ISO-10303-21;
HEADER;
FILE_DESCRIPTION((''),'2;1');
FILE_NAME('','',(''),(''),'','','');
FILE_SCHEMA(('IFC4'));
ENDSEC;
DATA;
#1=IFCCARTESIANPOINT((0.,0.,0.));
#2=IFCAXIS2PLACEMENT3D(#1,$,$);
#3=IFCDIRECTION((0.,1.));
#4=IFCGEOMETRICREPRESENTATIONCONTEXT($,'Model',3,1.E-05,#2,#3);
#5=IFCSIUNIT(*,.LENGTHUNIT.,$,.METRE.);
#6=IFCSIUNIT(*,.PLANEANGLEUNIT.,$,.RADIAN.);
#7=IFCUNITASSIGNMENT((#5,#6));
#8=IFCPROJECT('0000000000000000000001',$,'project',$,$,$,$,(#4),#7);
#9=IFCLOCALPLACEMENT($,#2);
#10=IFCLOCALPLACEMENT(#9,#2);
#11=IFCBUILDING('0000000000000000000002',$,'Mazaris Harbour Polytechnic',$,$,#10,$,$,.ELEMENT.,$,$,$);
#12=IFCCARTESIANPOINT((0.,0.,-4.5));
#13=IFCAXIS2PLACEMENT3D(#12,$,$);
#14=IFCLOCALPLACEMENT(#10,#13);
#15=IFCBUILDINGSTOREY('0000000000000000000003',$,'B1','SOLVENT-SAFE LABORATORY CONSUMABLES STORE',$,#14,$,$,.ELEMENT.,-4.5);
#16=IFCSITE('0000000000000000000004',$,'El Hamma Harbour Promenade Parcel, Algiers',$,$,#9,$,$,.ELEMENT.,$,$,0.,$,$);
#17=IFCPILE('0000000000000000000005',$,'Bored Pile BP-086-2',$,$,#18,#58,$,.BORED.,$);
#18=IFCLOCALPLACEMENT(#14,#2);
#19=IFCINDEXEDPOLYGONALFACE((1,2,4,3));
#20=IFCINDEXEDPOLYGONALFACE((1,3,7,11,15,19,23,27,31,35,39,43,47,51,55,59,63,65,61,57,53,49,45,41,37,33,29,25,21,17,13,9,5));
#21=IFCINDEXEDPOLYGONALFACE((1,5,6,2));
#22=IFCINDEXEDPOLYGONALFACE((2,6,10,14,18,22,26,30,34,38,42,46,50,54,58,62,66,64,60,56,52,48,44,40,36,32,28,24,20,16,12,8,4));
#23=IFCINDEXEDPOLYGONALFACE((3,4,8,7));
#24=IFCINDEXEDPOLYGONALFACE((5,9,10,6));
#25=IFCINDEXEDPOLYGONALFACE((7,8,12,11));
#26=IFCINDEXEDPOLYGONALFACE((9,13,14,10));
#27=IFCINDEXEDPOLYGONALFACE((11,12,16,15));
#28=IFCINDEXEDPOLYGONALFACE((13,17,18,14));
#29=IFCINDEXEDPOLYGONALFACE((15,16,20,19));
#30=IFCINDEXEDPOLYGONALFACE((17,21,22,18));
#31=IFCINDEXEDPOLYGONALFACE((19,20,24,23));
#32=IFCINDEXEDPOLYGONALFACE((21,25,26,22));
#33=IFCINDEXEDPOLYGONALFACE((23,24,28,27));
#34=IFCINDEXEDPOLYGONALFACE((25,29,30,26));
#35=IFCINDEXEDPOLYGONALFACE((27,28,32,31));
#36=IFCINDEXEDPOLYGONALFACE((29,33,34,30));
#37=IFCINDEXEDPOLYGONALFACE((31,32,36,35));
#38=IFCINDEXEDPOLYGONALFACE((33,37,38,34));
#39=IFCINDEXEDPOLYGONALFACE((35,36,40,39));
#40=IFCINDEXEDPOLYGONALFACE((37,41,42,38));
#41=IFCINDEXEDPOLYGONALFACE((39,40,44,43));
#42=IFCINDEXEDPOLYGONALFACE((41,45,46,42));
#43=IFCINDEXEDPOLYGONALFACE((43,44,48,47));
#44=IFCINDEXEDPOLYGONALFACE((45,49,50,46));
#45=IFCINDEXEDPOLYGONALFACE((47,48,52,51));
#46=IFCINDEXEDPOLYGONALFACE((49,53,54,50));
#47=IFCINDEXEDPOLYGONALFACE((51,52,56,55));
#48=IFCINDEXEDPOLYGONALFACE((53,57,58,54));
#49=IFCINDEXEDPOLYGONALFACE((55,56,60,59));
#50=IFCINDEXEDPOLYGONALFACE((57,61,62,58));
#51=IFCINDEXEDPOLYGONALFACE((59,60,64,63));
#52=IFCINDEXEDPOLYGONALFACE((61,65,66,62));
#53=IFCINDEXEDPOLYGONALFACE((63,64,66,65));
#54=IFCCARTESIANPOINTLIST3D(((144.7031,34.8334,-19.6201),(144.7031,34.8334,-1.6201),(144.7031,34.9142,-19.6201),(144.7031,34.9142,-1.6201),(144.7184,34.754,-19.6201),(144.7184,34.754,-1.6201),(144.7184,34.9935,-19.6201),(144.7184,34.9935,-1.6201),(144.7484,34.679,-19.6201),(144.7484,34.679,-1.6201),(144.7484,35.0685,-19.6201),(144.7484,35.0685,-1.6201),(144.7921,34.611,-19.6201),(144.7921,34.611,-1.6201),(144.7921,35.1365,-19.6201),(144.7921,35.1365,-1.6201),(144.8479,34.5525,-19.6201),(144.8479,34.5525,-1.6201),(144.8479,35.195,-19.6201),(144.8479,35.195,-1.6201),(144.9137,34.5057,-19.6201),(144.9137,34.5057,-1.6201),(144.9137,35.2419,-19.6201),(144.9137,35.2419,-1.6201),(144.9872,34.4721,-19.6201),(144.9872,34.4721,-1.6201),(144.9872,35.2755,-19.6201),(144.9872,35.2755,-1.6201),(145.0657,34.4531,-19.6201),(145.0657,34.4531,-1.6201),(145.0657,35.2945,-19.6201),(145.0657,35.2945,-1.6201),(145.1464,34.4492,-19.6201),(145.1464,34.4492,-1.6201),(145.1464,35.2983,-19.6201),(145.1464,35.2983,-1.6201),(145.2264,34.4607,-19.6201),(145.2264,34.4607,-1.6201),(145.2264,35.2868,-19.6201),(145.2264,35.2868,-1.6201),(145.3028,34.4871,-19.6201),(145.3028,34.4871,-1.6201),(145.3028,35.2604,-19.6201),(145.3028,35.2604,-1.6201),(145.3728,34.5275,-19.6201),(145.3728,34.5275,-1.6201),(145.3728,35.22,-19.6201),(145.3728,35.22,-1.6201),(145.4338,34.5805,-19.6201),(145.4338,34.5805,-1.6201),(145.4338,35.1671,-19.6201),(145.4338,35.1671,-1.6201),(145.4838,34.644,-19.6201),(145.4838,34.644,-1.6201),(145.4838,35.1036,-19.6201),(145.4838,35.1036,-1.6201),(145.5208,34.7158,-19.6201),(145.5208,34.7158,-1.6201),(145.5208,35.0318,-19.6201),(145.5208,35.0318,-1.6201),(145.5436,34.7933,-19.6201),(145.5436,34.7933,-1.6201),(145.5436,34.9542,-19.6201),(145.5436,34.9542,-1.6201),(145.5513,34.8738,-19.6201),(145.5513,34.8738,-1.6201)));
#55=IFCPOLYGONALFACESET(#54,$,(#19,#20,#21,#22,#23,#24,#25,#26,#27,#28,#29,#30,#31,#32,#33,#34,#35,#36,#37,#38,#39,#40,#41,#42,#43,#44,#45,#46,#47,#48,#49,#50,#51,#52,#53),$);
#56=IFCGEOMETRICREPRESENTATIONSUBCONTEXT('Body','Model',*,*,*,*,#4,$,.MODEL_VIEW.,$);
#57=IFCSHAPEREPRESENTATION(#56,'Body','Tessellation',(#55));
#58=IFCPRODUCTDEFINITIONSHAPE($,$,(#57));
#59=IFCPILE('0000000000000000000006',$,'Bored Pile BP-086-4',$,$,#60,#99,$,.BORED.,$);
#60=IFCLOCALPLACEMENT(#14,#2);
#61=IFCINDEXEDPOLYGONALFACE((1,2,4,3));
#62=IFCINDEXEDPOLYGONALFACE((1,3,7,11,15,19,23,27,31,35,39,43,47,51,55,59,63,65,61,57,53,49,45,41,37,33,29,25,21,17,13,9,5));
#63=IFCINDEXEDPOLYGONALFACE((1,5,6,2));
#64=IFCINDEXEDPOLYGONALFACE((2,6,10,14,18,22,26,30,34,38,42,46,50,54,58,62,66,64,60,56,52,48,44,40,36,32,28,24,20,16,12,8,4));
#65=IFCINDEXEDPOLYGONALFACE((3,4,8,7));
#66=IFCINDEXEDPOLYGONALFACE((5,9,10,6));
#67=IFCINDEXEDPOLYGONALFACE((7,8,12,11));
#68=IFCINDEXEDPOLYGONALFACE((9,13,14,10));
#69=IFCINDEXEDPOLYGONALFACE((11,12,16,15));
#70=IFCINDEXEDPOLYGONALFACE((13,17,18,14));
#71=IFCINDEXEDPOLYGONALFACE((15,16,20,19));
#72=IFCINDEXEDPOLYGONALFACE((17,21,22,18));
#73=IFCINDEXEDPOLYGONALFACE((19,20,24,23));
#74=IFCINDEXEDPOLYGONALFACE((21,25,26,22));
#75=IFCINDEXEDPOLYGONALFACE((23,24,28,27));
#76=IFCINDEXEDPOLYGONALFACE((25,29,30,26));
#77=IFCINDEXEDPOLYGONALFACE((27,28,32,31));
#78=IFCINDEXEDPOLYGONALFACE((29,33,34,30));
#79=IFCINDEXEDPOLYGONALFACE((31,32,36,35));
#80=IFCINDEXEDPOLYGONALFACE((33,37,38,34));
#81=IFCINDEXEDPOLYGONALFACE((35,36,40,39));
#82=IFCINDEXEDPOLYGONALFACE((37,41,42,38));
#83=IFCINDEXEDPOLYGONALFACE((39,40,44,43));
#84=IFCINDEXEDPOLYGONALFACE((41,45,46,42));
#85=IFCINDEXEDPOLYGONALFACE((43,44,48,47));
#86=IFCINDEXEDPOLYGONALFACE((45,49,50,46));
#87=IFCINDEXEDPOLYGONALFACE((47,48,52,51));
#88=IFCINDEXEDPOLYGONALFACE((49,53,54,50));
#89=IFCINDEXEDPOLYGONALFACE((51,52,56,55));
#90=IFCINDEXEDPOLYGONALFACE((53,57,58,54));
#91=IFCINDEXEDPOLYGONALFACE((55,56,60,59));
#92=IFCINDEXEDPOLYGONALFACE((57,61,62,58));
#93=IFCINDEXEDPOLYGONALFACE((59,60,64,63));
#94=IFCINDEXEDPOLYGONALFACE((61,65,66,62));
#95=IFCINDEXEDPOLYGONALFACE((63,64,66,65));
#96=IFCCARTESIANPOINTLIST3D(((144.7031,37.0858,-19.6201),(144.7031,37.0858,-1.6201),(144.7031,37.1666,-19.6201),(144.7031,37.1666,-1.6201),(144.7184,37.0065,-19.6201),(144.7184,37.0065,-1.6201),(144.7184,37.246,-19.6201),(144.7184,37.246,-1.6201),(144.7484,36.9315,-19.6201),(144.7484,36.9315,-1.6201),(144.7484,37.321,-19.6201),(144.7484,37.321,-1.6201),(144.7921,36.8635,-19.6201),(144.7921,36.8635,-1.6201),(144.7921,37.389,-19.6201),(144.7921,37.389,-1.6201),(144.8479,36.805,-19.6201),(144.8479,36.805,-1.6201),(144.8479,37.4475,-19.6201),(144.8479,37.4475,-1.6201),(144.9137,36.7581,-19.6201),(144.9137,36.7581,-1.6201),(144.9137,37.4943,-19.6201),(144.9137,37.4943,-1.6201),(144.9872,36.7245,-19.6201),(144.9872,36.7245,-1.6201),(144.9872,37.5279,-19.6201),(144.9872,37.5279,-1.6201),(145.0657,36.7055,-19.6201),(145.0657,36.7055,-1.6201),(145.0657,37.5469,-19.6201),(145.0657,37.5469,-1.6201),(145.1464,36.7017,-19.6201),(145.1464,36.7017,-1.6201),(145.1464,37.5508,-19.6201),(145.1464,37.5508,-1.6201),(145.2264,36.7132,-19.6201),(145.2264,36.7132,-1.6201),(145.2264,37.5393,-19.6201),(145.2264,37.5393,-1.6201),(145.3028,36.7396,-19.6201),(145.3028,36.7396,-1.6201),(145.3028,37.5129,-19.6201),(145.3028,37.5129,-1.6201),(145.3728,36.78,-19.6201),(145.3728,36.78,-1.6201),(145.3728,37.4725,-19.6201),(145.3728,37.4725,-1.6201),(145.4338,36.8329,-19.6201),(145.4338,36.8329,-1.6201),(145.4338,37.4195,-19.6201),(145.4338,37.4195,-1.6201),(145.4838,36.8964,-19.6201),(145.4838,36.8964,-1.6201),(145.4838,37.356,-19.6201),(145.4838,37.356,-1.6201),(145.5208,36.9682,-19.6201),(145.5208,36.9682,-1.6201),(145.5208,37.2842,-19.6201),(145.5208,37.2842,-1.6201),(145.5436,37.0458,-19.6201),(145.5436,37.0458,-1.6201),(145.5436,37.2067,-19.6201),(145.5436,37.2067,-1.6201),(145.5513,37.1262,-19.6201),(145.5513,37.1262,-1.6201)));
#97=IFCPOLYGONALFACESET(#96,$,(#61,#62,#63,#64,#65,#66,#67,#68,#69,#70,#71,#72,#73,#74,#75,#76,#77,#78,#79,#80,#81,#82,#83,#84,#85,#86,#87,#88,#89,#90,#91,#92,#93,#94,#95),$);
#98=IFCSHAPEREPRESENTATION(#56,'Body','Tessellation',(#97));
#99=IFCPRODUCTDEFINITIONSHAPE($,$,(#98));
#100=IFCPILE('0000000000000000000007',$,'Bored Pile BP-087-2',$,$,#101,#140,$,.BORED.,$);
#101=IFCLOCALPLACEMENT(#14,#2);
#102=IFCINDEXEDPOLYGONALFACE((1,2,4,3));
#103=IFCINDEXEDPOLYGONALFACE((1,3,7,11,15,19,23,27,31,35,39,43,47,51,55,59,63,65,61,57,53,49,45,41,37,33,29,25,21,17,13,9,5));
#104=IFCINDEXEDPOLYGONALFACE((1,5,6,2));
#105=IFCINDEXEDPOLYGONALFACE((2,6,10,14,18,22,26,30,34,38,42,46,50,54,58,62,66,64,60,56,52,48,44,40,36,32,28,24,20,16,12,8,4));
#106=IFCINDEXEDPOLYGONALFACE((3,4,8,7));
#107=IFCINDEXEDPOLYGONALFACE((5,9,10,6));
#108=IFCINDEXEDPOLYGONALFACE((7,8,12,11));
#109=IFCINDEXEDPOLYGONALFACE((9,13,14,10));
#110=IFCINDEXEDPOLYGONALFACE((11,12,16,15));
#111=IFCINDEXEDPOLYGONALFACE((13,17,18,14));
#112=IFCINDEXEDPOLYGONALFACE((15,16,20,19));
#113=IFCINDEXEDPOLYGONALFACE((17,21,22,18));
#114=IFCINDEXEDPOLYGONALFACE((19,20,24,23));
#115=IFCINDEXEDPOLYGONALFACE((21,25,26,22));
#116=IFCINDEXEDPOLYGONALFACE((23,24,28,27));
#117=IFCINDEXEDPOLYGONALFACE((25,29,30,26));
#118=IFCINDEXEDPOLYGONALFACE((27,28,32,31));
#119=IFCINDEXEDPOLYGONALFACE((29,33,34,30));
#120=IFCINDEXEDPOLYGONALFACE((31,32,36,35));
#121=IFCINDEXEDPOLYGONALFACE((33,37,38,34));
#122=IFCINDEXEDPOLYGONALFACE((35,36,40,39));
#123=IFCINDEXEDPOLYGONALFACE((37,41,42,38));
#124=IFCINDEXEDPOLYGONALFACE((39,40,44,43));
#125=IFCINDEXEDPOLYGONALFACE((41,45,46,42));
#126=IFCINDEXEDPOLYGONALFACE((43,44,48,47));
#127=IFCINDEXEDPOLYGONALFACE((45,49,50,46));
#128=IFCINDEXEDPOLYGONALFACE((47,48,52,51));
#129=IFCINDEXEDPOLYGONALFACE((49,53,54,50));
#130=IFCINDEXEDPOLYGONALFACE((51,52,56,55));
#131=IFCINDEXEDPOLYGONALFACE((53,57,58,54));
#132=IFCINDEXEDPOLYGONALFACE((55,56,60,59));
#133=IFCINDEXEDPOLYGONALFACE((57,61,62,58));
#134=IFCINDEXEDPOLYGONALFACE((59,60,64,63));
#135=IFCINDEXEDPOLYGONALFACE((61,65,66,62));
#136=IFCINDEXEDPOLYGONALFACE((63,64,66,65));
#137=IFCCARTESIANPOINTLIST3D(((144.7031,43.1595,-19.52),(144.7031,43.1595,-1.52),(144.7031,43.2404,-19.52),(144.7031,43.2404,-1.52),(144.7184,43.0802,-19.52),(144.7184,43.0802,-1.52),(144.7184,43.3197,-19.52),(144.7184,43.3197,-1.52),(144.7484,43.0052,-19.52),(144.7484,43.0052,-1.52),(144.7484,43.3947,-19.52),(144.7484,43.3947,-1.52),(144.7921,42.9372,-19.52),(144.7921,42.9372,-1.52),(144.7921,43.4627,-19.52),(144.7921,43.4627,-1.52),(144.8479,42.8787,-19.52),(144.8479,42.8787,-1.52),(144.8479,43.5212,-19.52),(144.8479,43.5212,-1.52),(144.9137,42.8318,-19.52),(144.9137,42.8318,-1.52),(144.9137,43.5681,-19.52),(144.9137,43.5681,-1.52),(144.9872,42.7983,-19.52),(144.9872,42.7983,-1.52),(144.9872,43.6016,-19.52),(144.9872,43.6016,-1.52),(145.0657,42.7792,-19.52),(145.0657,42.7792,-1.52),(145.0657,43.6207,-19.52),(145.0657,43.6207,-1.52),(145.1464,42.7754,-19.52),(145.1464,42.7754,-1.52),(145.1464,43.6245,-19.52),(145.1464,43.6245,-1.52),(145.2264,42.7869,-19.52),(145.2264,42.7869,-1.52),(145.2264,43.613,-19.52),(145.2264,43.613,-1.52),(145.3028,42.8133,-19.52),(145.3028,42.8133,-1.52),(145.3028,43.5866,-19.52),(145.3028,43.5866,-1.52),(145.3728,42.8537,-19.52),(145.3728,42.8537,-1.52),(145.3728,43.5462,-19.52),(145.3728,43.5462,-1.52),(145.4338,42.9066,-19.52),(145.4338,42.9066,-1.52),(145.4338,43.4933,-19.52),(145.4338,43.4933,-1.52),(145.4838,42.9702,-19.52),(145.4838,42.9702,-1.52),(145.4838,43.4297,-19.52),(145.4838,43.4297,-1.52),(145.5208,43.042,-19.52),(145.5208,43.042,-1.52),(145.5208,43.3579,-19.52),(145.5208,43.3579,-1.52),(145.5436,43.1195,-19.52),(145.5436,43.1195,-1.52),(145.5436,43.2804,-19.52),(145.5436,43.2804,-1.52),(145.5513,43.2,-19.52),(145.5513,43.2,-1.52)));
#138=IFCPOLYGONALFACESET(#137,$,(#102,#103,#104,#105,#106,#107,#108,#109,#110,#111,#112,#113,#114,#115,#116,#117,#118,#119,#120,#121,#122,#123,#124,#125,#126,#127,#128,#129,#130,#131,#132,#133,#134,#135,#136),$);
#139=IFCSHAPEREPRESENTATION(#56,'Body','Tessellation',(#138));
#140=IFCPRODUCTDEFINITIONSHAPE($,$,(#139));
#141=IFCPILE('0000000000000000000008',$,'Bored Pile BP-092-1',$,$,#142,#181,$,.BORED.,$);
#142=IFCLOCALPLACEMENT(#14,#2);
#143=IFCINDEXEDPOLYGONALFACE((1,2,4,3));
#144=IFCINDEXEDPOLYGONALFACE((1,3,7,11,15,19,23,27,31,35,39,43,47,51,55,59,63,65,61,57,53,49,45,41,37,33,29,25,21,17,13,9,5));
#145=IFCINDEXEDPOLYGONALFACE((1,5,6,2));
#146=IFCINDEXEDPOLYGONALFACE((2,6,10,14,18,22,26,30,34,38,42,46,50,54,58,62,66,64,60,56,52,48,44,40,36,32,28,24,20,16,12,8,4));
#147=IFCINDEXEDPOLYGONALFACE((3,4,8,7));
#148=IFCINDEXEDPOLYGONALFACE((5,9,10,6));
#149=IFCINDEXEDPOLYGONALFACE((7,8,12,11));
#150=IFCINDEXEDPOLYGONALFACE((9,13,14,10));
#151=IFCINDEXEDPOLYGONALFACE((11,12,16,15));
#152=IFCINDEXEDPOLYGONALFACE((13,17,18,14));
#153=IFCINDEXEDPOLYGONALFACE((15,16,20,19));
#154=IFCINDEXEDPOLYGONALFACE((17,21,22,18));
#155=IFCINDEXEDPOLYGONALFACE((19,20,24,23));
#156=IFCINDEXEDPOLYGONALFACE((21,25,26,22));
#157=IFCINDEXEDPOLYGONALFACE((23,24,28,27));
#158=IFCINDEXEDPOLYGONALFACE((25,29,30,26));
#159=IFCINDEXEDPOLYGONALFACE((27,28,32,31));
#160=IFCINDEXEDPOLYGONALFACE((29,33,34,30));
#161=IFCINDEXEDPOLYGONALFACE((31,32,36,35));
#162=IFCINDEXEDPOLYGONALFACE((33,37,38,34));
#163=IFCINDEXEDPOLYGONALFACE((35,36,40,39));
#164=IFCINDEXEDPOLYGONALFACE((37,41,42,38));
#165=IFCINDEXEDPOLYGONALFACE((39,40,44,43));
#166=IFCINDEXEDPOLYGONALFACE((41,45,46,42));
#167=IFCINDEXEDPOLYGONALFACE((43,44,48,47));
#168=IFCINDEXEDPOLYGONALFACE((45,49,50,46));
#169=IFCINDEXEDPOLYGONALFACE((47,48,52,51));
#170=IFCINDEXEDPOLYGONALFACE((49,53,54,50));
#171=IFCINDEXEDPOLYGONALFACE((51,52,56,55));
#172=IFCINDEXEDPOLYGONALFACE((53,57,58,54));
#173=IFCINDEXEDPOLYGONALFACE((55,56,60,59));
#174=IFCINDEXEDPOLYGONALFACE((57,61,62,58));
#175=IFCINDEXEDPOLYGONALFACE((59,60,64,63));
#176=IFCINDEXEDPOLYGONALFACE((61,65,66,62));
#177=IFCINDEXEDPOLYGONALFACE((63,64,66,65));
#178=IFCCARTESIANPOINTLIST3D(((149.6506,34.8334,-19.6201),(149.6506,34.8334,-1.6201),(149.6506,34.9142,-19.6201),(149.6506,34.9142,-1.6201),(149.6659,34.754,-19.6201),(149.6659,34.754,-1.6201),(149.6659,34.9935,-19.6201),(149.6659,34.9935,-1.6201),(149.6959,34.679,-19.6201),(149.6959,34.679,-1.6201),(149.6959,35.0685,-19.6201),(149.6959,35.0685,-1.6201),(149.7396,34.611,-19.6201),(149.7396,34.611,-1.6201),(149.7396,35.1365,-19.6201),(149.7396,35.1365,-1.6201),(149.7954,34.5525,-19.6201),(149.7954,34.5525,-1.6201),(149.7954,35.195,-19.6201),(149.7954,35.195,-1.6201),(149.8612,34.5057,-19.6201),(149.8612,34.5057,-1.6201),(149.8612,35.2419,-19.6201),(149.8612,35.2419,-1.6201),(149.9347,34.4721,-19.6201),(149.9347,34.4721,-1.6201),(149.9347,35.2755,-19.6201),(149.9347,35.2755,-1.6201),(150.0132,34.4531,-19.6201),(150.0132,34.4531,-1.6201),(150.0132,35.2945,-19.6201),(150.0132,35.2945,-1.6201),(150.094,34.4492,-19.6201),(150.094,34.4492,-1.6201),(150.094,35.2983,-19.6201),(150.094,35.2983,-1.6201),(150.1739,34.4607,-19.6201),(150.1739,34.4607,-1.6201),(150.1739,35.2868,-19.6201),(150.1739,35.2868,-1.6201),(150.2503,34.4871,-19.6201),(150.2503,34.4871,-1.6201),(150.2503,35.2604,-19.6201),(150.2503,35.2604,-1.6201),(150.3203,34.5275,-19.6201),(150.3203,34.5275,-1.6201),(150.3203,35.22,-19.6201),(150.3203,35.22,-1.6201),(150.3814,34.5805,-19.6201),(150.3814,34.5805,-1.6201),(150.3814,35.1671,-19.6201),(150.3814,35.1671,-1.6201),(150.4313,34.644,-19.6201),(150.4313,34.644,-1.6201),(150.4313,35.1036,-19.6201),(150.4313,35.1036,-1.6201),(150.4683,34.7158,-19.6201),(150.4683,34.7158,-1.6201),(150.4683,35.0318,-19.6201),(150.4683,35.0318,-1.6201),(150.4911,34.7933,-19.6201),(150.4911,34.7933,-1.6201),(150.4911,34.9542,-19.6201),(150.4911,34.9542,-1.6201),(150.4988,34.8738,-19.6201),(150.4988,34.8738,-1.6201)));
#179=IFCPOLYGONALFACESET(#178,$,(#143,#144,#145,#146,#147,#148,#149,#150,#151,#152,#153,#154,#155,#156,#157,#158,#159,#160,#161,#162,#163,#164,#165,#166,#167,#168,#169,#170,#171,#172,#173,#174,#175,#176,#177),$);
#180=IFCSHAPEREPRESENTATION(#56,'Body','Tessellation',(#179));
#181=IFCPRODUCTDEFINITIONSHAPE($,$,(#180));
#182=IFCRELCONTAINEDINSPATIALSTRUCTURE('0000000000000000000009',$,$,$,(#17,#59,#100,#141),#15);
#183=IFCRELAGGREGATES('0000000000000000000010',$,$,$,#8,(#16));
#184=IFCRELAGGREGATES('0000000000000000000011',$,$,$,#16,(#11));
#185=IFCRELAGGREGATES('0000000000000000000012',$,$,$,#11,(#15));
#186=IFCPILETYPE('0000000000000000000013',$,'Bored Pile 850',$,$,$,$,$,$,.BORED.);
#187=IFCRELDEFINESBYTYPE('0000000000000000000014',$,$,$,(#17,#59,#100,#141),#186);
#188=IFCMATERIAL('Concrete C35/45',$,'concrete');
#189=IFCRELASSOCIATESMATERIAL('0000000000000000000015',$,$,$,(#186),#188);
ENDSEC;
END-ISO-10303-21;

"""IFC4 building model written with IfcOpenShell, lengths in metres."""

from ifc_helpers import new_model, si_unit, direction, frame, origin, origin_2d, place, context, subcontext, project, spatial, circle, extrude, material, material_profile, profile_set, type_object, element, save


model = new_model("IFC4")

# Units and contexts
model_context = context("Model", 3, precision=1e-05, world=origin(), true_north=direction((0.0, 1.0)))
body_context = subcontext(model_context, "Body", "Model", "MODEL_VIEW")
ifc_project = project(units=[si_unit("LENGTHUNIT", "METRE"), si_unit("PLANEANGLEUNIT", "RADIAN")], contexts=[model_context])

# Site, building, storey
site_placement = place(None, origin())
site = spatial("IfcSite", under=ifc_project, at=site_placement, Name="El Hamma Harbour Promenade Parcel, Algiers", CompositionType="ELEMENT", RefElevation=0.0)
building_placement = place(site_placement, origin())
building = spatial("IfcBuilding", under=site, at=building_placement, Name="Mazaris Harbour Polytechnic", CompositionType="ELEMENT")
storey_placement = place(building_placement, frame((0.0, 0.0, -4.5)))
storey = spatial("IfcBuildingStorey", under=building, at=storey_placement, Name="B1", Description="SOLVENT-SAFE LABORATORY CONSUMABLES STORE", CompositionType="ELEMENT", Elevation=-4.5)

# Piles
ifc_material_1 = material(Name="Concrete C35/45", Category="concrete")
ifc_material_profile_1 = material_profile(ifc_material_1, circle(Radius=0.425, at=origin_2d()), Name="DIA850")
ifc_profile_set_1 = profile_set([ifc_material_profile_1], Name="Concrete C35/45")
pile_type = type_object("IfcPileType", Name="Bored Pile 850", PredefinedType="BORED", material=ifc_profile_set_1)
for number, where, z_axis, x_axis, name in (
    (1, (145.1262, 34.8738, -1.6201), (0.0, 0.0, -1.0), (1.0, 0.0, 0.0), "Bored Pile BP-086-2"),
    (2, (145.1262, 37.1262, -1.6201), (0.0, 0.0, -1.0), (1.0, 0.0, 0.0), "Bored Pile BP-086-4"),
    (3, (145.1262, 43.2, -1.52), (0.0, 0.0, -1.0), (1.0, 0.0, 0.0), "Bored Pile BP-087-2"),
    (4, (150.0737, 34.8738, -1.6201), (0.0, 0.0, -1.0), (1.0, 0.0, 0.0), "Bored Pile BP-092-1"),
):
    element("IfcPile", number, at=place(storey_placement, frame(where, z_axis=z_axis, x_axis=x_axis)), inside=storey, type_object=pile_type, Name=name, PredefinedType="BORED", context=body_context, shape_type="SweptSolid", body=[
        extrude(circle(Radius=0.425, at=origin_2d()), origin(), (0.0, 0.0, 1.0), 18.0),
    ])

save(model, "model.ifc")
